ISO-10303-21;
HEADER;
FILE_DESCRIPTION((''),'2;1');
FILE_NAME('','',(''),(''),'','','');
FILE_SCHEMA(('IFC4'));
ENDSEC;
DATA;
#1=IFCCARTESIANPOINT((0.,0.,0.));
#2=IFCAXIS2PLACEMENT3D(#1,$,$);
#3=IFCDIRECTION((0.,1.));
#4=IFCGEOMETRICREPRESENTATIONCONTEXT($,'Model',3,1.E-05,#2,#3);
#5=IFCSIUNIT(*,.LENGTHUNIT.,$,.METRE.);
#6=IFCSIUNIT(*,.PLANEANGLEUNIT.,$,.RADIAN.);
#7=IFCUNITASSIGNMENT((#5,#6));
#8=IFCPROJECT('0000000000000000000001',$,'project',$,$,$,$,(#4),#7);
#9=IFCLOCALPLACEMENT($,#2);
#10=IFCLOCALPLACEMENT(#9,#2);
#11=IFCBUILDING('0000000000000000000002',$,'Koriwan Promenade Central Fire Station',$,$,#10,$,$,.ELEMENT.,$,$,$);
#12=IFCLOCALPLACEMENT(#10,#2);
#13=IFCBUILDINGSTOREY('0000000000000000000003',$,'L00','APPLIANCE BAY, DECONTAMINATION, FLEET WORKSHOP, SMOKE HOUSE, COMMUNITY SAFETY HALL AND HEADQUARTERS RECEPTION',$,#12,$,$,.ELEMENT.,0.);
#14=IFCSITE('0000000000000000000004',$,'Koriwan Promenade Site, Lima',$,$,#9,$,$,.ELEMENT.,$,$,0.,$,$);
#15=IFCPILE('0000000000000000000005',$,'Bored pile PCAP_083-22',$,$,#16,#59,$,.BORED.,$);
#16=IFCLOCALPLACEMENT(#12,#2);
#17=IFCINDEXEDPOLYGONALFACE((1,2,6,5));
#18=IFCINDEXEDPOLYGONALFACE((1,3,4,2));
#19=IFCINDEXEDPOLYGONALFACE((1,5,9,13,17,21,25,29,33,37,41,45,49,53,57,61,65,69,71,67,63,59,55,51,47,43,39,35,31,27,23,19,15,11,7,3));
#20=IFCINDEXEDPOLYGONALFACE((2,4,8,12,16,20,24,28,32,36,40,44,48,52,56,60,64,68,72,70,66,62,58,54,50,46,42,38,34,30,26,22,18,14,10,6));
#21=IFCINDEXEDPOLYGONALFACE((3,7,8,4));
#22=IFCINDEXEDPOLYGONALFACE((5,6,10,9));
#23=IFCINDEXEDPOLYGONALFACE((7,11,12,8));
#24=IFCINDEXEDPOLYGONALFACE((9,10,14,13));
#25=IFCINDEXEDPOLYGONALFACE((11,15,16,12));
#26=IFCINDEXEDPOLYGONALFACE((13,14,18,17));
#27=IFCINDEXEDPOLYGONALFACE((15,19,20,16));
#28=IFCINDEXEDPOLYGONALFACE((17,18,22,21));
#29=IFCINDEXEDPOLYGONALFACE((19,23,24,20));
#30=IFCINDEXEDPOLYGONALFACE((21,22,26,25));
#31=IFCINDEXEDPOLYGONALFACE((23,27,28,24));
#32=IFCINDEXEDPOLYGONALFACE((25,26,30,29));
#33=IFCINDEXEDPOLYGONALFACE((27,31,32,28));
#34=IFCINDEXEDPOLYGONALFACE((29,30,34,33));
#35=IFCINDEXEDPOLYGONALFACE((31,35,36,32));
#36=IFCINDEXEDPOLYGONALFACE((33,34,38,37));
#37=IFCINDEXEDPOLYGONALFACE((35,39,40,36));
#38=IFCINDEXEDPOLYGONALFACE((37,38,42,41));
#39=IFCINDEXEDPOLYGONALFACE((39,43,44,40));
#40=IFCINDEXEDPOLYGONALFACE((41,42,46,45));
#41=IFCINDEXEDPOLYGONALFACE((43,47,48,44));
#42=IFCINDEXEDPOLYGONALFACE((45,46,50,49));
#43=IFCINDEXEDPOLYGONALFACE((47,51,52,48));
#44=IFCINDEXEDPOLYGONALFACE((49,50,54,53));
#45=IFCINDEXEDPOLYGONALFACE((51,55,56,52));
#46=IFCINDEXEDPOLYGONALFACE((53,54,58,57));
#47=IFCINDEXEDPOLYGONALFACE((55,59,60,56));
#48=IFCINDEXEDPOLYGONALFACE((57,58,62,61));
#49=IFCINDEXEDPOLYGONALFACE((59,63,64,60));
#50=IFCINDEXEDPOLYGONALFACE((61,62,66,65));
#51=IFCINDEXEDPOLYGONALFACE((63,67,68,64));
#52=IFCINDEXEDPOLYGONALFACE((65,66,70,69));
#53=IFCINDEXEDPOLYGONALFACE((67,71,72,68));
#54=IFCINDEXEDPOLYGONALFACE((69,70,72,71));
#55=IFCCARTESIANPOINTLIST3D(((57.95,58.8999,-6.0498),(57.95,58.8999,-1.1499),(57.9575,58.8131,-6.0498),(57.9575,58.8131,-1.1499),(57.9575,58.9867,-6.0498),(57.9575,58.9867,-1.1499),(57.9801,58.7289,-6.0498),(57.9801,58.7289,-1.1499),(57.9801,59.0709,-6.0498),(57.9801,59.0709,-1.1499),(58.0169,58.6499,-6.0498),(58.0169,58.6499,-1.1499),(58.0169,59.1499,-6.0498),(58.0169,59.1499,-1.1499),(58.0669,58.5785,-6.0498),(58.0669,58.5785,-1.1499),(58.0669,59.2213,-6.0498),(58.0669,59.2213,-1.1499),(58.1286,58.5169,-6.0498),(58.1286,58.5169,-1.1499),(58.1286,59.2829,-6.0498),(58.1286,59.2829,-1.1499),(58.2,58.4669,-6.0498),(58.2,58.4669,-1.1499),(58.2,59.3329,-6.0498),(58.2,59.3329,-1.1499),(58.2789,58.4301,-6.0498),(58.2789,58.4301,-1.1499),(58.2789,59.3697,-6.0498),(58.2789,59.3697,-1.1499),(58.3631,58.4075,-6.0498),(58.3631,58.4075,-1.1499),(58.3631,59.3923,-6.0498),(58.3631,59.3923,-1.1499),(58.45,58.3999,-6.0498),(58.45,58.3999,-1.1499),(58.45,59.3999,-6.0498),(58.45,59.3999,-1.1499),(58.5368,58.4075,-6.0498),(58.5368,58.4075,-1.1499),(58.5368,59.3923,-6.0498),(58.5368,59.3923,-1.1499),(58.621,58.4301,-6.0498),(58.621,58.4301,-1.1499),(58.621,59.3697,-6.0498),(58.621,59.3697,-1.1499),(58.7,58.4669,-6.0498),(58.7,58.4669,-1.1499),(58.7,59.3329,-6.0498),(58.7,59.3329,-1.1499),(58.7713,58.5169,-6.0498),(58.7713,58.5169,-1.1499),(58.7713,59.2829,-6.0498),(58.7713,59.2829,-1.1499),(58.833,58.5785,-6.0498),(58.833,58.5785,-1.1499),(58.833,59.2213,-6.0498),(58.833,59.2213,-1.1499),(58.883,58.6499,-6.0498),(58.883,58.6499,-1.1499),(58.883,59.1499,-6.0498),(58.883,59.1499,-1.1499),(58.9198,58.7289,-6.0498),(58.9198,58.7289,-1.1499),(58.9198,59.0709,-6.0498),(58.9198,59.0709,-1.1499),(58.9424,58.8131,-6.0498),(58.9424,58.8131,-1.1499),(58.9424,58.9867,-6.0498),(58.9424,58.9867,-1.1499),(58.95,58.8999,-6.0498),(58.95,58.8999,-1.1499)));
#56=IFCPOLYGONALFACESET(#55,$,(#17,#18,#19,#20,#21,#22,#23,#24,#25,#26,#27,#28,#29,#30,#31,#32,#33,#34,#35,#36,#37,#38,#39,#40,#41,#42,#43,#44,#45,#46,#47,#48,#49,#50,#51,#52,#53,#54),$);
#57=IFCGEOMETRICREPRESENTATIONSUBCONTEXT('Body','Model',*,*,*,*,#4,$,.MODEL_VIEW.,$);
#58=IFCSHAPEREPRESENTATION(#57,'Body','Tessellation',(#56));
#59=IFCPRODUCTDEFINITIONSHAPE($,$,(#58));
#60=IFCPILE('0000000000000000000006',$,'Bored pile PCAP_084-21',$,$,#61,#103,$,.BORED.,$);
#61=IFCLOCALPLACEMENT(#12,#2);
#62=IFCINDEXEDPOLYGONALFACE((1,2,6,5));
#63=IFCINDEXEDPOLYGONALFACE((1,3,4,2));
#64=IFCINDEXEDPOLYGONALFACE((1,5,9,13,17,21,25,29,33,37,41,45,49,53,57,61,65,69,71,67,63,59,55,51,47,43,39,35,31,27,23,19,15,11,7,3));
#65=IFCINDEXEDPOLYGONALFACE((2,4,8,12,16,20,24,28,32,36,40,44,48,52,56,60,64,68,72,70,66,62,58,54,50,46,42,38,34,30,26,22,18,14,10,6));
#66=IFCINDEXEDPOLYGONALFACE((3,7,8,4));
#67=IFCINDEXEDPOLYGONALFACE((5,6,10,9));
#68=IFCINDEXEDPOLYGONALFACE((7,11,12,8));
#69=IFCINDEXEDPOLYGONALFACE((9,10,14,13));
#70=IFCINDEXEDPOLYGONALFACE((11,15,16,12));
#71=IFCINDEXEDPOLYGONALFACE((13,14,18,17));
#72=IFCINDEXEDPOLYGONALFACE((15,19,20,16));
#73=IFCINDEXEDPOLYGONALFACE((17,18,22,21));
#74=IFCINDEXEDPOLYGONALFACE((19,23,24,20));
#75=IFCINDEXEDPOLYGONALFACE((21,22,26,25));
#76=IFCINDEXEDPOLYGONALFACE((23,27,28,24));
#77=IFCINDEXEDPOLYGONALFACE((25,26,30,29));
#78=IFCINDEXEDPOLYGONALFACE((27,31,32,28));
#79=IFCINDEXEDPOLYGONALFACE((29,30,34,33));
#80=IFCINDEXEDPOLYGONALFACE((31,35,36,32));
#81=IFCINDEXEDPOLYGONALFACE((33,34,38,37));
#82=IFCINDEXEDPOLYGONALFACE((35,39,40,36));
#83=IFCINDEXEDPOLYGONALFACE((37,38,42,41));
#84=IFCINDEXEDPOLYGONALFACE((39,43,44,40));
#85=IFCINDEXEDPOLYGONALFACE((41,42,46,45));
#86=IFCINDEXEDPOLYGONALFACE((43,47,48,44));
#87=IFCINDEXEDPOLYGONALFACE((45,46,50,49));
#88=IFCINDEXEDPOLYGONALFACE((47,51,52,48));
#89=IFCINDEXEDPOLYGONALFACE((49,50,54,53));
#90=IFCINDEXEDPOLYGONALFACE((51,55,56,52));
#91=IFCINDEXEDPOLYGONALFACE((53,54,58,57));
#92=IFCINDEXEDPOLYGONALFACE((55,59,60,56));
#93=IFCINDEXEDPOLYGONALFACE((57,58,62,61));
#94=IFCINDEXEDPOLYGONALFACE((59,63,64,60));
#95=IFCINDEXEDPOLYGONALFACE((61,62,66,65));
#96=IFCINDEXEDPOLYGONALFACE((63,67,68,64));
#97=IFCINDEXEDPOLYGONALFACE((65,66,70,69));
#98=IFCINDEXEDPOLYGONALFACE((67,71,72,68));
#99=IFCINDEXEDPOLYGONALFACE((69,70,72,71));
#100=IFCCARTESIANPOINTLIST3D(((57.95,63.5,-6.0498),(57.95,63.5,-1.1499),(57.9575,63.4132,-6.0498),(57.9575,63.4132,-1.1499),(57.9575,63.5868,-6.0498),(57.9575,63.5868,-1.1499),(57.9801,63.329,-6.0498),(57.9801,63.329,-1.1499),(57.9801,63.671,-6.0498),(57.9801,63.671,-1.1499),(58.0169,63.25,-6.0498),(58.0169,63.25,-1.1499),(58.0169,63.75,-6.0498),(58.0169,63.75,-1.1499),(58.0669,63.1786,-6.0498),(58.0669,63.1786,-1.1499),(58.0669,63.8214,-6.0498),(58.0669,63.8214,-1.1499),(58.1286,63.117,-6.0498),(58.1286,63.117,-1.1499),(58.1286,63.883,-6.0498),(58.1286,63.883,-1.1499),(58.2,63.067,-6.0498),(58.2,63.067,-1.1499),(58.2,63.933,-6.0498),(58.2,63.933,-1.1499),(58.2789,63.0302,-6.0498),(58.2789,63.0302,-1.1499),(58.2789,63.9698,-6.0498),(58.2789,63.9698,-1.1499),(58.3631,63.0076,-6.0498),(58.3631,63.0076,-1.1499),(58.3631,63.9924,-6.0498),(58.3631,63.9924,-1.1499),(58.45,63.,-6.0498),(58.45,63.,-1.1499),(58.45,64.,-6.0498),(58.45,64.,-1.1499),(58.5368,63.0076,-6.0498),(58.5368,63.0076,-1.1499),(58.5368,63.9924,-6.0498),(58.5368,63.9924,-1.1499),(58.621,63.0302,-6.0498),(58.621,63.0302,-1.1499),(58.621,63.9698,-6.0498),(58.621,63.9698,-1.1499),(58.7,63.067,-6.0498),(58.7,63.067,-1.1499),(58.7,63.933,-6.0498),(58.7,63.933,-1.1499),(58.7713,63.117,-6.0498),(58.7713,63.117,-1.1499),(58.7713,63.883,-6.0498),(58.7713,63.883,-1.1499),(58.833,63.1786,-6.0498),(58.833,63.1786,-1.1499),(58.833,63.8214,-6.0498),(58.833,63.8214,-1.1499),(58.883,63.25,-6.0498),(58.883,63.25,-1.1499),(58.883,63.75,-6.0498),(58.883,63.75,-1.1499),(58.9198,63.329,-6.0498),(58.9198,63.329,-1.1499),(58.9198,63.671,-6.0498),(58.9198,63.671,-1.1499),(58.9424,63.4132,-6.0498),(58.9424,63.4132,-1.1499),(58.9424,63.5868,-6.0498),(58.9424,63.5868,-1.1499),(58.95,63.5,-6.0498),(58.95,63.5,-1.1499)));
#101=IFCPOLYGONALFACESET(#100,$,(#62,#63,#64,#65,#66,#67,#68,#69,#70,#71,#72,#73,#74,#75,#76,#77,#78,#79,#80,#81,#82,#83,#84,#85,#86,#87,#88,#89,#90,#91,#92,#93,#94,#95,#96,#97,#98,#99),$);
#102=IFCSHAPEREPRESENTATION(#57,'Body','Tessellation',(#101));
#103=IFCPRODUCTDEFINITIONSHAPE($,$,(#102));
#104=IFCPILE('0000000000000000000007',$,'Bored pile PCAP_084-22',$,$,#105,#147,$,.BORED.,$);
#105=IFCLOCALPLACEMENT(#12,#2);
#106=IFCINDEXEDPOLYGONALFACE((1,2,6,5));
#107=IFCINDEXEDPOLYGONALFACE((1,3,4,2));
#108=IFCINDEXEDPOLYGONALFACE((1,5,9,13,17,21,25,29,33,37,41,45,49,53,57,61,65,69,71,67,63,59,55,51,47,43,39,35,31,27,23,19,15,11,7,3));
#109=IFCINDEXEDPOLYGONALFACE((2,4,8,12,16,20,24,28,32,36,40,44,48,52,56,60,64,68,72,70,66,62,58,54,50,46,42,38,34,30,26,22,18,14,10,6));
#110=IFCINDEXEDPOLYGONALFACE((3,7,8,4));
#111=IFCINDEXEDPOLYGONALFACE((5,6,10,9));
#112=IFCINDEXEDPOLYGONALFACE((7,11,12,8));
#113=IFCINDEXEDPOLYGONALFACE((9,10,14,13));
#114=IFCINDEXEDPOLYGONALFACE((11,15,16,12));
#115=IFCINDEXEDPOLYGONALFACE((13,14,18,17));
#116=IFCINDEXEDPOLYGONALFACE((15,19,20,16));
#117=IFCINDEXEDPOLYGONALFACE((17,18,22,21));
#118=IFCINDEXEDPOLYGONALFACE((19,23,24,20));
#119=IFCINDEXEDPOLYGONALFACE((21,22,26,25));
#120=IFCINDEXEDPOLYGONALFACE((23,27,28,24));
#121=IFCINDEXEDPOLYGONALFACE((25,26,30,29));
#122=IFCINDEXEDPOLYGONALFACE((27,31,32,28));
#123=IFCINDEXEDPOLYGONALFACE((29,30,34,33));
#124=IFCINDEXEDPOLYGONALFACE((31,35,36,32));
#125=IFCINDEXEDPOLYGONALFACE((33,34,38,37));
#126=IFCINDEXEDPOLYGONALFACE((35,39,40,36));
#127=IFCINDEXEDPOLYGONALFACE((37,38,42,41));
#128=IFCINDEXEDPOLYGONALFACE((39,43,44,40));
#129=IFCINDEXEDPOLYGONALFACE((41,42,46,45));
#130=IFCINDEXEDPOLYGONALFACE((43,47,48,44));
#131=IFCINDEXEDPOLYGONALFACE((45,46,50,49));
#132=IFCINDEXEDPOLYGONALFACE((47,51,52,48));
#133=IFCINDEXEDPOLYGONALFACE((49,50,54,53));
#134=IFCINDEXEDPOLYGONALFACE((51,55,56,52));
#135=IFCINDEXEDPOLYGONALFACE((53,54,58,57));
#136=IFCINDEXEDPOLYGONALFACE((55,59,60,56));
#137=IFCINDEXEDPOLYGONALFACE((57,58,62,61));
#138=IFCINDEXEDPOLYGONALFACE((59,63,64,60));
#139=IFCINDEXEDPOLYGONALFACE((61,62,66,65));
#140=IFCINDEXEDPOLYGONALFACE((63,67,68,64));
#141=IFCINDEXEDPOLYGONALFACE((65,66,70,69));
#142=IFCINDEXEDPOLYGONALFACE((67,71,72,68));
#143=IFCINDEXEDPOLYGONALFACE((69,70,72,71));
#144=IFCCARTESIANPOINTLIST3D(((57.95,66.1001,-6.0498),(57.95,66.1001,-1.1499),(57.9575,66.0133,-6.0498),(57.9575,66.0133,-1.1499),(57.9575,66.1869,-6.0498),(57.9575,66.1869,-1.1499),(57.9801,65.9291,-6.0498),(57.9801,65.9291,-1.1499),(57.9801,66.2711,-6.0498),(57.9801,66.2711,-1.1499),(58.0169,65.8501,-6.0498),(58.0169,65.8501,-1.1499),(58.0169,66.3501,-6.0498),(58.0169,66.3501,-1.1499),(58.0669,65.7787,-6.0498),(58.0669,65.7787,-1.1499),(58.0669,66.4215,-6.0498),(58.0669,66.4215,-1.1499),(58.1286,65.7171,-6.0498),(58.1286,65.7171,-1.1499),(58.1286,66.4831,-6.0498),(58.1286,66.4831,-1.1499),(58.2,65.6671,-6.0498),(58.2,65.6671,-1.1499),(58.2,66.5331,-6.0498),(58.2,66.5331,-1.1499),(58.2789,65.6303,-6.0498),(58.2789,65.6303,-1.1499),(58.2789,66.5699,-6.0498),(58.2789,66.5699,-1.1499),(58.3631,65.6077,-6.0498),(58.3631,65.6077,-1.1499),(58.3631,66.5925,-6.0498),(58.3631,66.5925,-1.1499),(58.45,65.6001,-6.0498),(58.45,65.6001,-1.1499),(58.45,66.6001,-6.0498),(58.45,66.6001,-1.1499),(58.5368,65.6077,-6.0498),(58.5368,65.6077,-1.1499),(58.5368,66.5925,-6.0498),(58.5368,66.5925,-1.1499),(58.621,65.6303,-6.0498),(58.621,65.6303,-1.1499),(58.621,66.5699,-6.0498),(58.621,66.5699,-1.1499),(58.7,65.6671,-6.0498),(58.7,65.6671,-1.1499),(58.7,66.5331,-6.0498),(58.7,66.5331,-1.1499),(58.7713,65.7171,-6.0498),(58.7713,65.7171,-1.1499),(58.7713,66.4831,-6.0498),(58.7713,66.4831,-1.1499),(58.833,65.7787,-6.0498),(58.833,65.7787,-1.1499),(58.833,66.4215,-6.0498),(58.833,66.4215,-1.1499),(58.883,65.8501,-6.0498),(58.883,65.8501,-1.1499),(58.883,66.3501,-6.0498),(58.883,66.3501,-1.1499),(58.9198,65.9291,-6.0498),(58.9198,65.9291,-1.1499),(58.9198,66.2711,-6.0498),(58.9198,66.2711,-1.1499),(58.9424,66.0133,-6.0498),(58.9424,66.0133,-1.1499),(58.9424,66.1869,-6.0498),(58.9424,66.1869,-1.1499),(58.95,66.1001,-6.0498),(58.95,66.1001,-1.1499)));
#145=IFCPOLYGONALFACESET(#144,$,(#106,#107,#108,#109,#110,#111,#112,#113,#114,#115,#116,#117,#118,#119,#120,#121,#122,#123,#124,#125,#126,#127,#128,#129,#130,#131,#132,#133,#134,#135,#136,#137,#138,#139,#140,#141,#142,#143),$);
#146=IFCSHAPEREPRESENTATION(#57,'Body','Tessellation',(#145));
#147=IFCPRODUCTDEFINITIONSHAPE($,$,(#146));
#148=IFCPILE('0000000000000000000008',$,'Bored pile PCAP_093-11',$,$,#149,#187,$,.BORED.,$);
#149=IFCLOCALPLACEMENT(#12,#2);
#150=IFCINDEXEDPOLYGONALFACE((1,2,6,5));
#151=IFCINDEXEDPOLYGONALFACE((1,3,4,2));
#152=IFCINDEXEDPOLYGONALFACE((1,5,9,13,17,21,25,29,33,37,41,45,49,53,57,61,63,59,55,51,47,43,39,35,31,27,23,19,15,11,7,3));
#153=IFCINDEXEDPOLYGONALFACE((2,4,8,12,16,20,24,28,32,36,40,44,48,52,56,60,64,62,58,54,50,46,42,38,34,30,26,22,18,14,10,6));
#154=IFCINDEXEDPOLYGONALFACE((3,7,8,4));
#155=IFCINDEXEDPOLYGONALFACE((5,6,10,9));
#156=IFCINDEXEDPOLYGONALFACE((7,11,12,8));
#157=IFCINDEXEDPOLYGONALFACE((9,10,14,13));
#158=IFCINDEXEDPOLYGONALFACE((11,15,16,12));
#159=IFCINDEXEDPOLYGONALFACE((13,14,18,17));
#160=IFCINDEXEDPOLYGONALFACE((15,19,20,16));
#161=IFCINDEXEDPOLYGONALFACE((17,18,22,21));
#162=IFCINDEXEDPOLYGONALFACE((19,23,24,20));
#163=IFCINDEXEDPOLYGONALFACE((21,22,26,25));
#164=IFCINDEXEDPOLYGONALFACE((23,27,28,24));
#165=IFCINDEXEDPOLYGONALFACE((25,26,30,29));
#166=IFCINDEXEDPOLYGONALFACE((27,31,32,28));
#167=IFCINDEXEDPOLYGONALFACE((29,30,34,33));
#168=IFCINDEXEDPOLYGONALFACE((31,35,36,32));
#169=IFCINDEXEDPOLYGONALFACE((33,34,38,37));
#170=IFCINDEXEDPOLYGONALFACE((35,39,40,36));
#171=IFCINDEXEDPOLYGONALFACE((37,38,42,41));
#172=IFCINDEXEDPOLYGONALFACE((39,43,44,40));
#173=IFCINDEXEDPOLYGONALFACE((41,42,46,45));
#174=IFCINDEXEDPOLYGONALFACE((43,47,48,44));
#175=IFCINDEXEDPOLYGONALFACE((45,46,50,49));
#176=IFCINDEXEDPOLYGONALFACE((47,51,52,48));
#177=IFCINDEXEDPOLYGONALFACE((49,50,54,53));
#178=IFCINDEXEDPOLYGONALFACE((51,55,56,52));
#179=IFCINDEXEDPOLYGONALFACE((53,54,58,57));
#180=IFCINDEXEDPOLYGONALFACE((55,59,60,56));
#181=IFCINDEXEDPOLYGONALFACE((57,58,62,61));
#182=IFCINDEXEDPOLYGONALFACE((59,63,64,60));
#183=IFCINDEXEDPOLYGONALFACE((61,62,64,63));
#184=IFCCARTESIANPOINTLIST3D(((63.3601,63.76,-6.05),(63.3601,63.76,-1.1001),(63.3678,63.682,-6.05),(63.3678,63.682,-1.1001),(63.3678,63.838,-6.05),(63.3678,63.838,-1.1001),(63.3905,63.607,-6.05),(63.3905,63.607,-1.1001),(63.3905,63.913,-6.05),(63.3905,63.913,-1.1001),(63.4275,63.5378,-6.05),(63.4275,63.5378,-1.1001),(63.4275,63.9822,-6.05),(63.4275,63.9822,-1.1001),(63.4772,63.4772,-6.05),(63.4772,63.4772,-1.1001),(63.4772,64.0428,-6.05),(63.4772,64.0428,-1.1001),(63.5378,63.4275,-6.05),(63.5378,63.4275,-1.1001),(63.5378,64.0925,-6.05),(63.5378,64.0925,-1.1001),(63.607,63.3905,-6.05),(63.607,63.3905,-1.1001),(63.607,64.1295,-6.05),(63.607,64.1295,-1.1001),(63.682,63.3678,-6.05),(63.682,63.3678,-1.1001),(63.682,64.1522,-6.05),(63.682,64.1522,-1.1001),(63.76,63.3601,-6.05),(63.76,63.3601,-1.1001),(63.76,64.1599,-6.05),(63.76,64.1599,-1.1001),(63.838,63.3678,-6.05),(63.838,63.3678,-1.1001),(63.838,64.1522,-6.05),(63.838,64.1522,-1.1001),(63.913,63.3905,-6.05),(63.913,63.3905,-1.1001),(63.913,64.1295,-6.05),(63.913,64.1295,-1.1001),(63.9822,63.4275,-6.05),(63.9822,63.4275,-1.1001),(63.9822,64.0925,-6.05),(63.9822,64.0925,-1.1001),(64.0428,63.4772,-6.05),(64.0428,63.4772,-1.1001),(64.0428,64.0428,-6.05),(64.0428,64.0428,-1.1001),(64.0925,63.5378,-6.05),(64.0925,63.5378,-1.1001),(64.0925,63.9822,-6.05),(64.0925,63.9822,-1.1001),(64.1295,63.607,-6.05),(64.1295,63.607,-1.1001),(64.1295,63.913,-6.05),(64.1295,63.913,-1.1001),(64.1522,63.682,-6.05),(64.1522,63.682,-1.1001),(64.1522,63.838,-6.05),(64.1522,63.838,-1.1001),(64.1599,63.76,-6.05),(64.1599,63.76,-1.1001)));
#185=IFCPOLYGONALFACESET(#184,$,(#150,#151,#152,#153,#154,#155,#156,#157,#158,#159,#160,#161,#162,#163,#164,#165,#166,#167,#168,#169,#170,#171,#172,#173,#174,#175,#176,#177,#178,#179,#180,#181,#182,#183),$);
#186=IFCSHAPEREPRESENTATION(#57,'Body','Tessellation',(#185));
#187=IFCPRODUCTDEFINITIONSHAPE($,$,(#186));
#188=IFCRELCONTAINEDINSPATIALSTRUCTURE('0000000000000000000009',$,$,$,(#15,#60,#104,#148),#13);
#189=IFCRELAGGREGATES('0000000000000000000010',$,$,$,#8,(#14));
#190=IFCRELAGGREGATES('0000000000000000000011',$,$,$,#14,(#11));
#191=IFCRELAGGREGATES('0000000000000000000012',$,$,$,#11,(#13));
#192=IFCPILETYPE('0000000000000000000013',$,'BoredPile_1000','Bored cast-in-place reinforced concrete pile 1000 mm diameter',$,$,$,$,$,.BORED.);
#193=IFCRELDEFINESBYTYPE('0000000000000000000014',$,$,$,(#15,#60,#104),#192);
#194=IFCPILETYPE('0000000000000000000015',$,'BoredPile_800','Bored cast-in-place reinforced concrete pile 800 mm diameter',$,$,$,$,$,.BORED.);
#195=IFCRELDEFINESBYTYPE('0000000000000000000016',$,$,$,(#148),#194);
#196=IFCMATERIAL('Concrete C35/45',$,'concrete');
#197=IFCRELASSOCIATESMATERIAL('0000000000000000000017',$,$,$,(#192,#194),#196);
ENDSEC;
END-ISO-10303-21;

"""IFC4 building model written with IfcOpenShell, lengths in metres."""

from ifc_helpers import new_model, si_unit, direction, frame, origin, origin_2d, place, context, subcontext, project, spatial, circle, extrude, material, material_profile, profile_set, type_object, element, save


model = new_model("IFC4")

# Units and contexts
model_context = context("Model", 3, precision=1e-05, world=origin(), true_north=direction((0.0, 1.0)))
body_context = subcontext(model_context, "Body", "Model", "MODEL_VIEW")
ifc_project = project(units=[si_unit("LENGTHUNIT", "METRE"), si_unit("PLANEANGLEUNIT", "RADIAN")], contexts=[model_context])

# Site, building, storey
site_placement = place(None, origin())
site = spatial("IfcSite", under=ifc_project, at=site_placement, Name="Koriwan Promenade Site, Lima", CompositionType="ELEMENT", RefElevation=0.0)
building_placement = place(site_placement, origin())
building = spatial("IfcBuilding", under=site, at=building_placement, Name="Koriwan Promenade Central Fire Station", CompositionType="ELEMENT")
storey_placement = place(building_placement, origin())
storey = spatial("IfcBuildingStorey", under=building, at=storey_placement, Name="L00", Description="APPLIANCE BAY, DECONTAMINATION, FLEET WORKSHOP, SMOKE HOUSE, COMMUNITY SAFETY HALL AND HEADQUARTERS RECEPTION", CompositionType="ELEMENT", Elevation=0.0)

# Piles
ifc_material_1 = material(Name="Concrete C35/45", Category="concrete")
ifc_material_profile_1 = material_profile(ifc_material_1, circle(Radius=0.5, at=origin_2d()), Name="PILE-D1000")
ifc_profile_set_1 = profile_set([ifc_material_profile_1], Name="Concrete C35/45")
pile_type_1 = type_object("IfcPileType", Name="BoredPile_1000", Description="Bored cast-in-place reinforced concrete pile 1000 mm diameter", PredefinedType="BORED", material=ifc_profile_set_1)
for number, where, z_axis, x_axis, name in (
    (1, (58.45, 58.8999, -1.1499), (0.0, 0.0, -1.0), (1.0, 0.0, 0.0), "Bored pile PCAP_083-22"),
    (2, (58.45, 63.5, -1.1499), (0.0, 0.0, -1.0), (1.0, 0.0, 0.0), "Bored pile PCAP_084-21"),
    (3, (58.45, 66.1001, -1.1499), (0.0, 0.0, -1.0), (1.0, 0.0, 0.0), "Bored pile PCAP_084-22"),
):
    element("IfcPile", number, at=place(storey_placement, frame(where, z_axis=z_axis, x_axis=x_axis)), inside=storey, type_object=pile_type_1, Name=name, PredefinedType="BORED", context=body_context, shape_type="SweptSolid", body=[
        extrude(circle(Radius=0.5, at=origin_2d()), origin(), (0.0, 0.0, 1.0), 4.8999),
    ])
ifc_material_profile_2 = material_profile(ifc_material_1, circle(Radius=0.3999, at=origin_2d()), Name="PILE-D800")
ifc_profile_set_2 = profile_set([ifc_material_profile_2], Name="Concrete C35/45")
pile_type_2 = type_object("IfcPileType", Name="BoredPile_800", Description="Bored cast-in-place reinforced concrete pile 800 mm diameter", PredefinedType="BORED", material=ifc_profile_set_2)
for number, where, z_axis, x_axis, name in (
    (4, (63.76, 63.76, -1.1001), (0.0, 0.0, -1.0), (1.0, 0.0, 0.0), "Bored pile PCAP_093-11"),
):
    element("IfcPile", number, at=place(storey_placement, frame(where, z_axis=z_axis, x_axis=x_axis)), inside=storey, type_object=pile_type_2, Name=name, PredefinedType="BORED", context=body_context, shape_type="SweptSolid", body=[
        extrude(circle(Radius=0.3999, at=origin_2d()), origin(), (0.0, 0.0, 1.0), 4.95),
    ])

save(model, "model.ifc")
